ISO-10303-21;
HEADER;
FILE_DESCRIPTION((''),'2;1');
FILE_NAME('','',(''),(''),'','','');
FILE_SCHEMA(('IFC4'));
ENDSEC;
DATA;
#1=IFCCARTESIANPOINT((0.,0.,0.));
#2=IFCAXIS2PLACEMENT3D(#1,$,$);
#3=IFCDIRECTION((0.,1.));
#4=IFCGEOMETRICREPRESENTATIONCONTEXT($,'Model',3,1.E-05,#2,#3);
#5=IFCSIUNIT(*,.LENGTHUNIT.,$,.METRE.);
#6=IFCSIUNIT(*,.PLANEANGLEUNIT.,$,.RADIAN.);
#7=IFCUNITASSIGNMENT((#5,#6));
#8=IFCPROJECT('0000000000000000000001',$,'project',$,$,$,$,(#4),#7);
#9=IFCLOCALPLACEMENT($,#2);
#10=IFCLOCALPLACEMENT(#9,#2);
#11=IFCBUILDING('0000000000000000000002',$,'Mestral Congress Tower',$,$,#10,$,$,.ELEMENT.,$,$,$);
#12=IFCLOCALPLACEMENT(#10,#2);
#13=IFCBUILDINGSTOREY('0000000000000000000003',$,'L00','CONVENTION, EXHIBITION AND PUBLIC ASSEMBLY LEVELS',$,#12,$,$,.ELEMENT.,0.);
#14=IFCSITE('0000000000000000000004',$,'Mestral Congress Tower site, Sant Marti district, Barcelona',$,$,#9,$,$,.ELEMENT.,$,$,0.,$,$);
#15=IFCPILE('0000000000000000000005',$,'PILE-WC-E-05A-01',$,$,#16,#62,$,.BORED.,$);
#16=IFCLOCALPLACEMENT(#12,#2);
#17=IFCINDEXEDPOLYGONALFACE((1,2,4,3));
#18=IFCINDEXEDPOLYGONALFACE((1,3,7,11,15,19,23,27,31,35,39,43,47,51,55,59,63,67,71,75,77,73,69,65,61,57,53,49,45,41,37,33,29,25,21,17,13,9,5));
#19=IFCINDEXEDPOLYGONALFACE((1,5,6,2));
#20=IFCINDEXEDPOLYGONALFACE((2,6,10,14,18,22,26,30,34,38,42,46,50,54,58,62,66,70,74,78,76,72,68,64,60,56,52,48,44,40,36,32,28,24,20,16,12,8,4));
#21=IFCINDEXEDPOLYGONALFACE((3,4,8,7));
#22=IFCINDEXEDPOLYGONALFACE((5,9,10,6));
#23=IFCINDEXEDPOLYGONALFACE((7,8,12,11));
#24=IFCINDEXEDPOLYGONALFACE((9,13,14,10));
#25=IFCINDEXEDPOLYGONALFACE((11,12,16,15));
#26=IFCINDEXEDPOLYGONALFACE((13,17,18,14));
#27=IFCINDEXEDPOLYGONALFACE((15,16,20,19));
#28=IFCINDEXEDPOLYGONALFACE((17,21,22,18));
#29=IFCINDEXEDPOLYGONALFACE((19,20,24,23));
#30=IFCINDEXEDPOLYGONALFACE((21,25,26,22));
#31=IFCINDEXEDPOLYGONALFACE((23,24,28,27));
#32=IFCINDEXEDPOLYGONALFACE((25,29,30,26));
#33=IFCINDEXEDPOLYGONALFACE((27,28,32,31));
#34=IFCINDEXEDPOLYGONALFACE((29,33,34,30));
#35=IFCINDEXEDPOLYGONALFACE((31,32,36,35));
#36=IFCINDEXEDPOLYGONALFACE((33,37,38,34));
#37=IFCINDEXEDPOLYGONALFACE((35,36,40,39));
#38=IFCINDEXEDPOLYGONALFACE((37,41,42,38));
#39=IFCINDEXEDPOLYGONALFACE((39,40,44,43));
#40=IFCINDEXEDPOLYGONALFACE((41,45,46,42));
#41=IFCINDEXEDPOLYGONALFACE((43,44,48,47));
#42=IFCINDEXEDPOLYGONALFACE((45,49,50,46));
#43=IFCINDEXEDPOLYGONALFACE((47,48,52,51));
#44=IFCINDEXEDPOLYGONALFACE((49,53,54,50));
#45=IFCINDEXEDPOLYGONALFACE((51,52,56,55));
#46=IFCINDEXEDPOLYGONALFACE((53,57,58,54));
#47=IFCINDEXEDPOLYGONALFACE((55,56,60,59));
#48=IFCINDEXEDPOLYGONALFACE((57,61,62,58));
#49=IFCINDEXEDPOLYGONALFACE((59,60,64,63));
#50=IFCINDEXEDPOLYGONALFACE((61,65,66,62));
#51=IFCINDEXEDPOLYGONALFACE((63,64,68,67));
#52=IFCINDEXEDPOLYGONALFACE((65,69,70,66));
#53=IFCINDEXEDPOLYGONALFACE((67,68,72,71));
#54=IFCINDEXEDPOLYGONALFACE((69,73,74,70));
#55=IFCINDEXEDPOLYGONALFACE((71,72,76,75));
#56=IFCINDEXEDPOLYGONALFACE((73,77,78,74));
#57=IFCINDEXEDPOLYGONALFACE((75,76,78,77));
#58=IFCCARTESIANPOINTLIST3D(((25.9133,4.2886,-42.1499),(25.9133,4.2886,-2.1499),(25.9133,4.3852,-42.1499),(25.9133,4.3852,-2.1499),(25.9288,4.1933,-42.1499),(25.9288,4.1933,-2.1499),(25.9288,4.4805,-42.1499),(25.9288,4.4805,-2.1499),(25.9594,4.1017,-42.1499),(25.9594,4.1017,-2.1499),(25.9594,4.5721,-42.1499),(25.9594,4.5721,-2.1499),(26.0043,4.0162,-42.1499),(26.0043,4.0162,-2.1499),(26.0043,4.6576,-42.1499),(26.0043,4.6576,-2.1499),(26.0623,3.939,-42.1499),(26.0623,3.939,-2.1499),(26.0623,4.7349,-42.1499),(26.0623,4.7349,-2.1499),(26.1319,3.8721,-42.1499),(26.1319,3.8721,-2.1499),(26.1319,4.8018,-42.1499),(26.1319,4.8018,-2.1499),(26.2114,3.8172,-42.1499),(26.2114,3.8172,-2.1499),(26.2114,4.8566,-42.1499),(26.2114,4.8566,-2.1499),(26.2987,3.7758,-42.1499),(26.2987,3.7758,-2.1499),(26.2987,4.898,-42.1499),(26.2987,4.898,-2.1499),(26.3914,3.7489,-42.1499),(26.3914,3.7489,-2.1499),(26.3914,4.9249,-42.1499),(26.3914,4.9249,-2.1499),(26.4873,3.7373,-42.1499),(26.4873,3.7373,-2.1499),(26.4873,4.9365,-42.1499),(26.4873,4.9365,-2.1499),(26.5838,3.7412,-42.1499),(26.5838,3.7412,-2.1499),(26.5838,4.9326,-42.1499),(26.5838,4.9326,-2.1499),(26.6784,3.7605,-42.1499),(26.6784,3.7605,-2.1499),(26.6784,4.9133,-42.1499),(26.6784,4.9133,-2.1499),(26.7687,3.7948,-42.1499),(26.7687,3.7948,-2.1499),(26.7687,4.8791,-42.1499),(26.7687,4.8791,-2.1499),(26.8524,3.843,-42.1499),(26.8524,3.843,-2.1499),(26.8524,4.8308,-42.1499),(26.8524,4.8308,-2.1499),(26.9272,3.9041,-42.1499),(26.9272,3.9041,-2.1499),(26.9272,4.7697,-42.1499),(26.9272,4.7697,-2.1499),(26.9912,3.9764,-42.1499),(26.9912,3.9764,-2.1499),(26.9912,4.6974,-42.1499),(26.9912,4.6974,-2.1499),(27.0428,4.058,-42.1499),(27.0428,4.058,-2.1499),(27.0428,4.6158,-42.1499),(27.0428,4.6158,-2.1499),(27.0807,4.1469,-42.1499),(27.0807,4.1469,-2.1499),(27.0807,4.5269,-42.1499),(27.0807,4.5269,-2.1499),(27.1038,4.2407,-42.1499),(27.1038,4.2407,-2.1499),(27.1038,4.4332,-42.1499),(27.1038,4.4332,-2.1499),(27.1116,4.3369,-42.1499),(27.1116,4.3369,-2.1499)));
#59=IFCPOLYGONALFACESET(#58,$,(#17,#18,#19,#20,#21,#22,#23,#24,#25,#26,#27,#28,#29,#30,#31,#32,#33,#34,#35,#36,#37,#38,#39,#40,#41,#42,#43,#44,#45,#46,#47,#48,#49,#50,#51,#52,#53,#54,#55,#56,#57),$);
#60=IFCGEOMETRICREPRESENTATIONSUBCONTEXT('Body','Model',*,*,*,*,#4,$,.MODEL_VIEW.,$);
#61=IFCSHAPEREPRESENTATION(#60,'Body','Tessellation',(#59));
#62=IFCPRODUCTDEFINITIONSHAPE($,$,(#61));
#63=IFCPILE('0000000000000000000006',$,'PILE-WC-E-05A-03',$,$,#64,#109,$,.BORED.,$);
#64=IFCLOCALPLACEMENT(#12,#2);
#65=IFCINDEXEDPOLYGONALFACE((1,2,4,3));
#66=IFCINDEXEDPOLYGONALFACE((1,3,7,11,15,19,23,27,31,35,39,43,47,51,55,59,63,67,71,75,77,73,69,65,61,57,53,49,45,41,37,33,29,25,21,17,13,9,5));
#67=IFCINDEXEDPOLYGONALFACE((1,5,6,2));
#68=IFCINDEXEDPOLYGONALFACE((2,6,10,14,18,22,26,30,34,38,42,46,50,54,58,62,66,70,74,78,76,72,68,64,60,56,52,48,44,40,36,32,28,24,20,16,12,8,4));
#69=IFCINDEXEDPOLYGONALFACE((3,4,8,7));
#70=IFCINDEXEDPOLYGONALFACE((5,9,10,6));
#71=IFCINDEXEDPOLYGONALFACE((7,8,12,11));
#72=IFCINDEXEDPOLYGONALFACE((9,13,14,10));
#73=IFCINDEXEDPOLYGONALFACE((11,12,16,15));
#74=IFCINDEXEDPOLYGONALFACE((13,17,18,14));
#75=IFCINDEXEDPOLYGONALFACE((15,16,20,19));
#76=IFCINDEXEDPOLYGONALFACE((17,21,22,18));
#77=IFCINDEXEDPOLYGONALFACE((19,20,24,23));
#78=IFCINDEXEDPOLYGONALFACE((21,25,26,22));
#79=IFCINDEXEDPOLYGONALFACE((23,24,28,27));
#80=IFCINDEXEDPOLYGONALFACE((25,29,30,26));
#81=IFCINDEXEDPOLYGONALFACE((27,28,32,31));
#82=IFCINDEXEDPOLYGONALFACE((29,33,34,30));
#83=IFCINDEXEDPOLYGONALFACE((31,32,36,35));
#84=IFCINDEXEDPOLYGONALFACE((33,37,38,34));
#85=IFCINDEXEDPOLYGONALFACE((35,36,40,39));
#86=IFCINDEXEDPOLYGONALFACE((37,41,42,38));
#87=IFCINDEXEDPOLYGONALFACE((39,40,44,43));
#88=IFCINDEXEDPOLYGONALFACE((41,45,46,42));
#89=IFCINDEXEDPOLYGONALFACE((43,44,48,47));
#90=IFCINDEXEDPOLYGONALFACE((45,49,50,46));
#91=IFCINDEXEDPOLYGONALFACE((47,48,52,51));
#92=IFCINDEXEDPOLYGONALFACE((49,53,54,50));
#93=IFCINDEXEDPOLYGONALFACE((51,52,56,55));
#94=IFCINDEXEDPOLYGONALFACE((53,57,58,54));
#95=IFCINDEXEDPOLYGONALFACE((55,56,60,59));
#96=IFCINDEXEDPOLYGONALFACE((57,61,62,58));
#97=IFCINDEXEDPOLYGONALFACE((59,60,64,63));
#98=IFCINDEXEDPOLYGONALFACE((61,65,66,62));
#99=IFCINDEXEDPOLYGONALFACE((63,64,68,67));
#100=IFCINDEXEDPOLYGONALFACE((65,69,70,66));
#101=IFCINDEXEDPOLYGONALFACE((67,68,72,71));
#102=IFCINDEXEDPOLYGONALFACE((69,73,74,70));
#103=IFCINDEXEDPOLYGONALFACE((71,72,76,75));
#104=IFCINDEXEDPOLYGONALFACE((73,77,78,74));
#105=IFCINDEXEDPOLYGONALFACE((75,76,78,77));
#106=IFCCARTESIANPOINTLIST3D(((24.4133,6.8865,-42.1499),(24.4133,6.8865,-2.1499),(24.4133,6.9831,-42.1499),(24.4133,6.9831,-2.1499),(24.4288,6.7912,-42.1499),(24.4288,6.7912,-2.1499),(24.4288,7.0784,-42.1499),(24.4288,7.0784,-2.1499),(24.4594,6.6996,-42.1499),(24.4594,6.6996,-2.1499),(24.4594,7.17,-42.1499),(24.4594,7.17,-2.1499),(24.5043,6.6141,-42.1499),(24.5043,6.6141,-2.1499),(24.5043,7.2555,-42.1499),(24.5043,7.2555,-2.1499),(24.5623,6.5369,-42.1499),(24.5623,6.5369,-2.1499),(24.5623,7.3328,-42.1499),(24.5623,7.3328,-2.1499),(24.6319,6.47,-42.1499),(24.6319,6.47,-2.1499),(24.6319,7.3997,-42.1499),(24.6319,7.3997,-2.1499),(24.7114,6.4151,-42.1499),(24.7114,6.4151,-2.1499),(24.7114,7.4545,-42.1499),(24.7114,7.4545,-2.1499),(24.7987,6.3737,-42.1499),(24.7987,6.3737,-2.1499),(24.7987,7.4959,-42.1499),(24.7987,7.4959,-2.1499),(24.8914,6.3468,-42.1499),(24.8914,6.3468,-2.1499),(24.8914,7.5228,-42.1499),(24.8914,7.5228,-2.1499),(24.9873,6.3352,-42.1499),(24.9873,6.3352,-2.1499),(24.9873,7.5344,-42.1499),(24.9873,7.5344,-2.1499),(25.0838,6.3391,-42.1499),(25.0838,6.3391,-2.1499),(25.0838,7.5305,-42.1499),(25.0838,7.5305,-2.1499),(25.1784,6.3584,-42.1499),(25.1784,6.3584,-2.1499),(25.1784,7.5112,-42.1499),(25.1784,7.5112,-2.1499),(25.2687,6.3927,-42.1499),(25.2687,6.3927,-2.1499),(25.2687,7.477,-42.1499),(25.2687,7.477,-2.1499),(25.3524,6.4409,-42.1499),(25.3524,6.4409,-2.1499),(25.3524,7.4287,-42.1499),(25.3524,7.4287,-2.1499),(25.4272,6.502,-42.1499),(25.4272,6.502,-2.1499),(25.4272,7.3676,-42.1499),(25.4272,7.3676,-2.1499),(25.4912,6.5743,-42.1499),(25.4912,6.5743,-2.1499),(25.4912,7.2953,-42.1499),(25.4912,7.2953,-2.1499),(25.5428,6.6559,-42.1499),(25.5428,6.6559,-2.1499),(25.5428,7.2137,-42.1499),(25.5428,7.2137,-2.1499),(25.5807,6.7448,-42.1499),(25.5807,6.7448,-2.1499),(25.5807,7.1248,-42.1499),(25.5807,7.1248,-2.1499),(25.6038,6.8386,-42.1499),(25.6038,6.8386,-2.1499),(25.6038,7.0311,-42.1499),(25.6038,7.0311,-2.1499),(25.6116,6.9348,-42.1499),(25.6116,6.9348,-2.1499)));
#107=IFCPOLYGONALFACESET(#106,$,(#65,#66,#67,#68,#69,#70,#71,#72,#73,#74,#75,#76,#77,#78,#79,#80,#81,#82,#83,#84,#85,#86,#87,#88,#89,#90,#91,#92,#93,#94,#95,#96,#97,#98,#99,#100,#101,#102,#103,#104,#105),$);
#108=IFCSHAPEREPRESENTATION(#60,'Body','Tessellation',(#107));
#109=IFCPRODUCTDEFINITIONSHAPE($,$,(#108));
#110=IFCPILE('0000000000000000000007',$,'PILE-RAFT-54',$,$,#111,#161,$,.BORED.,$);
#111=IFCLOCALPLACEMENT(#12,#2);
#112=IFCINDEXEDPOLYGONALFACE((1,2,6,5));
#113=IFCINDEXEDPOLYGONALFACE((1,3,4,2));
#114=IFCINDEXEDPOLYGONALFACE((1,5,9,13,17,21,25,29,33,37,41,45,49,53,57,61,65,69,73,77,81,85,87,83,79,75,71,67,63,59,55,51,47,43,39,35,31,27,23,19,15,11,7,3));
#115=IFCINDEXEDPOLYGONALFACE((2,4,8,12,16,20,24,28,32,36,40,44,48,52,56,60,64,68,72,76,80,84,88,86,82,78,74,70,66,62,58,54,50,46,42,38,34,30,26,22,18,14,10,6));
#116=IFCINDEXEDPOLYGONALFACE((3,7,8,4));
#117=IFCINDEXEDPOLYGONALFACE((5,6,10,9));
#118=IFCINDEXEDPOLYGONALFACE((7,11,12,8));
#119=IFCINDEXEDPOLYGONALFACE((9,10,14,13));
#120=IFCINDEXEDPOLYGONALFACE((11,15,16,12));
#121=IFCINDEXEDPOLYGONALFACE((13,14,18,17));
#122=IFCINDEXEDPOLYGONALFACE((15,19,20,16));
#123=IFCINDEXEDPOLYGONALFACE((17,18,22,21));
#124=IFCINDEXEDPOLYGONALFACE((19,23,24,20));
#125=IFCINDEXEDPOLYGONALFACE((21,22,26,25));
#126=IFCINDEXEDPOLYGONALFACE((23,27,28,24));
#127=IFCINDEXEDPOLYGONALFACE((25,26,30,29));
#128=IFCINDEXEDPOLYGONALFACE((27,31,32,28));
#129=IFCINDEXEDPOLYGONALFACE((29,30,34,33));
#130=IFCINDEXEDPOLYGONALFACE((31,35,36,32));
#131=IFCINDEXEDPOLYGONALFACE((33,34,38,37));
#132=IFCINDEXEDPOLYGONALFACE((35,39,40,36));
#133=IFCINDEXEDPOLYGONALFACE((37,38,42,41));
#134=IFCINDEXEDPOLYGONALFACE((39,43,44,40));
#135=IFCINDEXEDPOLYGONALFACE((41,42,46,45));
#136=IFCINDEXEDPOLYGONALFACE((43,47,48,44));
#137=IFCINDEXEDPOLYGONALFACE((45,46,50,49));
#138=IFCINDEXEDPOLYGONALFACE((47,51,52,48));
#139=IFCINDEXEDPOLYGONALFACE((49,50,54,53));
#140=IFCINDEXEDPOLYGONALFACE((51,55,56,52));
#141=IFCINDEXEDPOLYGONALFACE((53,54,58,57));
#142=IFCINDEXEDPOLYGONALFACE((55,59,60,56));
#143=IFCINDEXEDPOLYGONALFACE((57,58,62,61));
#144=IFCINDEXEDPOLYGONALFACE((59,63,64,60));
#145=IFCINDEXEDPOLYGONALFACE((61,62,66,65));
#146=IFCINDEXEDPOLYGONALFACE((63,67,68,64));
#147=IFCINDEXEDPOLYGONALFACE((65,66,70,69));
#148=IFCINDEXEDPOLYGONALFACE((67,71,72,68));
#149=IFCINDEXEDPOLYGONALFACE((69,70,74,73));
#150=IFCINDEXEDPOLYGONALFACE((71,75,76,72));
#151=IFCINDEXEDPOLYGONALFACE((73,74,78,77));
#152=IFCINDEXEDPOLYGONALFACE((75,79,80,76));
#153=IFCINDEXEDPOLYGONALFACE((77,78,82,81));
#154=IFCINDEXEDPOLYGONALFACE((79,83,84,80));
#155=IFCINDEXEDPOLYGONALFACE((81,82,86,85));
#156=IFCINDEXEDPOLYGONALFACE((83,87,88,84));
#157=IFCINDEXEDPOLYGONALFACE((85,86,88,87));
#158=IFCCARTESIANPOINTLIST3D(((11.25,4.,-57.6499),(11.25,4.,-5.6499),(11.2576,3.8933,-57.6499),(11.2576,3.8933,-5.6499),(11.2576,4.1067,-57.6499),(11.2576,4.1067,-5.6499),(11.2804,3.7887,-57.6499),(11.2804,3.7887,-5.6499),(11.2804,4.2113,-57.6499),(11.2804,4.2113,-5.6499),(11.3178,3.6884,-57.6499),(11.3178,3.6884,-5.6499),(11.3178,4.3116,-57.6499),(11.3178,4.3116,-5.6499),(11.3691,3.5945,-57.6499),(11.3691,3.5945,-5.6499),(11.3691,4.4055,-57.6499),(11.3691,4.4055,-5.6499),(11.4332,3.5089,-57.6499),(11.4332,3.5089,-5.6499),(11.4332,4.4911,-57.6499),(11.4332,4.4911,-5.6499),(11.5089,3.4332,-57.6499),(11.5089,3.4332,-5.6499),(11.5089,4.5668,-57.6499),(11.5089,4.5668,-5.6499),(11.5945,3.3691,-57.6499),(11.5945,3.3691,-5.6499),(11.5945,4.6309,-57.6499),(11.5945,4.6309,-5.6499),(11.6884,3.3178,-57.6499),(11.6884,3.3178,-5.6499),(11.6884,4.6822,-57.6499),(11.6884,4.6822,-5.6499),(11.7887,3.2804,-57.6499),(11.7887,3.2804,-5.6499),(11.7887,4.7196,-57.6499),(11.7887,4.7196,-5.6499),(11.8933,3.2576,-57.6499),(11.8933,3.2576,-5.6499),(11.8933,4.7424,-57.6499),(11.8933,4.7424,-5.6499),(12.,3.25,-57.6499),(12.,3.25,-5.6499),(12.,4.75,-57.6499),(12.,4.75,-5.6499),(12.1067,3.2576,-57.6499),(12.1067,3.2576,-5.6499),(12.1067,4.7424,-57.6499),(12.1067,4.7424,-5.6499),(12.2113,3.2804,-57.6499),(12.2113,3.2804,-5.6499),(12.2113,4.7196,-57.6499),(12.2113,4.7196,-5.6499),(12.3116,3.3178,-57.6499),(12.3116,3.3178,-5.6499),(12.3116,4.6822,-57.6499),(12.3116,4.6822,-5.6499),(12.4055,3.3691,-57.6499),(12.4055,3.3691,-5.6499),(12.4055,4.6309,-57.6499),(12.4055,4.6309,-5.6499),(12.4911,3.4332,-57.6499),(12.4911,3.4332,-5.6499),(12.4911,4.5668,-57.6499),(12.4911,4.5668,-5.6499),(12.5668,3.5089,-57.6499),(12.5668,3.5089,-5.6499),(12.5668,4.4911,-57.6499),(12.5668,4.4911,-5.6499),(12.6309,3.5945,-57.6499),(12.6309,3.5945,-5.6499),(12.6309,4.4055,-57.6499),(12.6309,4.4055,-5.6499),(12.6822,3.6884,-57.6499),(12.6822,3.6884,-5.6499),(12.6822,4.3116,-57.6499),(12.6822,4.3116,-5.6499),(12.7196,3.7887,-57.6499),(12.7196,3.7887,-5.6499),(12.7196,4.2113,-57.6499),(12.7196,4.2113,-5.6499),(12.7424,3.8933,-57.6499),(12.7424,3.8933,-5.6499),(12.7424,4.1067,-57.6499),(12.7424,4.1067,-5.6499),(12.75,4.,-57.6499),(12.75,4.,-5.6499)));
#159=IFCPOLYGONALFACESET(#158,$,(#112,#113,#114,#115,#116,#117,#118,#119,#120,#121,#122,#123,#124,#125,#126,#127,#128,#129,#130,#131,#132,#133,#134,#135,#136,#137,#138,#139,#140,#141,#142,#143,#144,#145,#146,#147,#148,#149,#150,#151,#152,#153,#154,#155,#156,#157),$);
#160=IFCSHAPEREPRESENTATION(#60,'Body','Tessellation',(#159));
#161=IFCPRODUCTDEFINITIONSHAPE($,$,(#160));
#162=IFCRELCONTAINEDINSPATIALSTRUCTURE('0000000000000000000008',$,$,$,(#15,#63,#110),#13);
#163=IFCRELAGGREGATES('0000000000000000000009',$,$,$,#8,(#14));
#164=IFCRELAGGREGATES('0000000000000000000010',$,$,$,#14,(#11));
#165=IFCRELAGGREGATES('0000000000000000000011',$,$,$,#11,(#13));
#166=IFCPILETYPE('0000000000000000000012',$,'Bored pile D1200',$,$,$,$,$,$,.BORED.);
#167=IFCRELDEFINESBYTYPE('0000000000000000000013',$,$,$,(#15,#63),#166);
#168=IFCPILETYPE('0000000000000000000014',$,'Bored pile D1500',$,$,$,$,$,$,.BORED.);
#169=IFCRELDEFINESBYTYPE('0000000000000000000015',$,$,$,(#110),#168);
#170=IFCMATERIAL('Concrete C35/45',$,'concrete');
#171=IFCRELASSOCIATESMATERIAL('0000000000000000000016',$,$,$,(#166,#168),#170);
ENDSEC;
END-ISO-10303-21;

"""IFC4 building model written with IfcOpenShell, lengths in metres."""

from ifc_helpers import new_model, si_unit, direction, frame, origin, origin_2d, place, context, subcontext, project, spatial, circle, extrude, material, material_profile, profile_set, type_object, element, save


model = new_model("IFC4")

# Units and contexts
model_context = context("Model", 3, precision=1e-05, world=origin(), true_north=direction((0.0, 1.0)))
body_context = subcontext(model_context, "Body", "Model", "MODEL_VIEW")
ifc_project = project(units=[si_unit("LENGTHUNIT", "METRE"), si_unit("PLANEANGLEUNIT", "RADIAN")], contexts=[model_context])

# Site, building, storey
site_placement = place(None, origin())
site = spatial("IfcSite", under=ifc_project, at=site_placement, Name="Mestral Congress Tower site, Sant Marti district, Barcelona", CompositionType="ELEMENT", RefElevation=0.0)
building_placement = place(site_placement, origin())
building = spatial("IfcBuilding", under=site, at=building_placement, Name="Mestral Congress Tower", CompositionType="ELEMENT")
storey_placement = place(building_placement, origin())
storey = spatial("IfcBuildingStorey", under=building, at=storey_placement, Name="L00", Description="CONVENTION, EXHIBITION AND PUBLIC ASSEMBLY LEVELS", CompositionType="ELEMENT", Elevation=0.0)

# Piles
ifc_material_1 = material(Name="Concrete C35/45", Category="concrete")
ifc_material_profile_1 = material_profile(ifc_material_1, circle(Radius=0.6001, at=origin_2d()), Name="D1200")
ifc_profile_set_1 = profile_set([ifc_material_profile_1], Name="Concrete C35/45")
pile_type_1 = type_object("IfcPileType", Name="Bored pile D1200", PredefinedType="BORED", material=ifc_profile_set_1)
for number, where, z_axis, x_axis, name in (
    (1, (26.5115, 4.3369, -2.1499), (0.0, 0.0, -1.0), (1.0, 0.0, 0.0), "PILE-WC-E-05A-01"),
    (2, (25.0115, 6.9348, -2.1499), (0.0, 0.0, -1.0), (1.0, 0.0, 0.0), "PILE-WC-E-05A-03"),
):
    element("IfcPile", number, at=place(storey_placement, frame(where, z_axis=z_axis, x_axis=x_axis)), inside=storey, type_object=pile_type_1, Name=name, PredefinedType="BORED", context=body_context, shape_type="SweptSolid", body=[
        extrude(circle(Radius=0.6001, at=origin_2d()), origin(), (0.0, 0.0, 1.0), 40.0),
    ])
ifc_material_profile_2 = material_profile(ifc_material_1, circle(Radius=0.75, at=origin_2d()), Name="D1500")
ifc_profile_set_2 = profile_set([ifc_material_profile_2], Name="Concrete C35/45")
pile_type_2 = type_object("IfcPileType", Name="Bored pile D1500", PredefinedType="BORED", material=ifc_profile_set_2)
for number, where, z_axis, x_axis, name in (
    (3, (12.0, 4.0, -5.6499), (0.0, 0.0, -1.0), (1.0, 0.0, 0.0), "PILE-RAFT-54"),
):
    element("IfcPile", number, at=place(storey_placement, frame(where, z_axis=z_axis, x_axis=x_axis)), inside=storey, type_object=pile_type_2, Name=name, PredefinedType="BORED", context=body_context, shape_type="SweptSolid", body=[
        extrude(circle(Radius=0.75, at=origin_2d()), origin(), (0.0, 0.0, 1.0), 52.0),
    ])

save(model, "model.ifc")
